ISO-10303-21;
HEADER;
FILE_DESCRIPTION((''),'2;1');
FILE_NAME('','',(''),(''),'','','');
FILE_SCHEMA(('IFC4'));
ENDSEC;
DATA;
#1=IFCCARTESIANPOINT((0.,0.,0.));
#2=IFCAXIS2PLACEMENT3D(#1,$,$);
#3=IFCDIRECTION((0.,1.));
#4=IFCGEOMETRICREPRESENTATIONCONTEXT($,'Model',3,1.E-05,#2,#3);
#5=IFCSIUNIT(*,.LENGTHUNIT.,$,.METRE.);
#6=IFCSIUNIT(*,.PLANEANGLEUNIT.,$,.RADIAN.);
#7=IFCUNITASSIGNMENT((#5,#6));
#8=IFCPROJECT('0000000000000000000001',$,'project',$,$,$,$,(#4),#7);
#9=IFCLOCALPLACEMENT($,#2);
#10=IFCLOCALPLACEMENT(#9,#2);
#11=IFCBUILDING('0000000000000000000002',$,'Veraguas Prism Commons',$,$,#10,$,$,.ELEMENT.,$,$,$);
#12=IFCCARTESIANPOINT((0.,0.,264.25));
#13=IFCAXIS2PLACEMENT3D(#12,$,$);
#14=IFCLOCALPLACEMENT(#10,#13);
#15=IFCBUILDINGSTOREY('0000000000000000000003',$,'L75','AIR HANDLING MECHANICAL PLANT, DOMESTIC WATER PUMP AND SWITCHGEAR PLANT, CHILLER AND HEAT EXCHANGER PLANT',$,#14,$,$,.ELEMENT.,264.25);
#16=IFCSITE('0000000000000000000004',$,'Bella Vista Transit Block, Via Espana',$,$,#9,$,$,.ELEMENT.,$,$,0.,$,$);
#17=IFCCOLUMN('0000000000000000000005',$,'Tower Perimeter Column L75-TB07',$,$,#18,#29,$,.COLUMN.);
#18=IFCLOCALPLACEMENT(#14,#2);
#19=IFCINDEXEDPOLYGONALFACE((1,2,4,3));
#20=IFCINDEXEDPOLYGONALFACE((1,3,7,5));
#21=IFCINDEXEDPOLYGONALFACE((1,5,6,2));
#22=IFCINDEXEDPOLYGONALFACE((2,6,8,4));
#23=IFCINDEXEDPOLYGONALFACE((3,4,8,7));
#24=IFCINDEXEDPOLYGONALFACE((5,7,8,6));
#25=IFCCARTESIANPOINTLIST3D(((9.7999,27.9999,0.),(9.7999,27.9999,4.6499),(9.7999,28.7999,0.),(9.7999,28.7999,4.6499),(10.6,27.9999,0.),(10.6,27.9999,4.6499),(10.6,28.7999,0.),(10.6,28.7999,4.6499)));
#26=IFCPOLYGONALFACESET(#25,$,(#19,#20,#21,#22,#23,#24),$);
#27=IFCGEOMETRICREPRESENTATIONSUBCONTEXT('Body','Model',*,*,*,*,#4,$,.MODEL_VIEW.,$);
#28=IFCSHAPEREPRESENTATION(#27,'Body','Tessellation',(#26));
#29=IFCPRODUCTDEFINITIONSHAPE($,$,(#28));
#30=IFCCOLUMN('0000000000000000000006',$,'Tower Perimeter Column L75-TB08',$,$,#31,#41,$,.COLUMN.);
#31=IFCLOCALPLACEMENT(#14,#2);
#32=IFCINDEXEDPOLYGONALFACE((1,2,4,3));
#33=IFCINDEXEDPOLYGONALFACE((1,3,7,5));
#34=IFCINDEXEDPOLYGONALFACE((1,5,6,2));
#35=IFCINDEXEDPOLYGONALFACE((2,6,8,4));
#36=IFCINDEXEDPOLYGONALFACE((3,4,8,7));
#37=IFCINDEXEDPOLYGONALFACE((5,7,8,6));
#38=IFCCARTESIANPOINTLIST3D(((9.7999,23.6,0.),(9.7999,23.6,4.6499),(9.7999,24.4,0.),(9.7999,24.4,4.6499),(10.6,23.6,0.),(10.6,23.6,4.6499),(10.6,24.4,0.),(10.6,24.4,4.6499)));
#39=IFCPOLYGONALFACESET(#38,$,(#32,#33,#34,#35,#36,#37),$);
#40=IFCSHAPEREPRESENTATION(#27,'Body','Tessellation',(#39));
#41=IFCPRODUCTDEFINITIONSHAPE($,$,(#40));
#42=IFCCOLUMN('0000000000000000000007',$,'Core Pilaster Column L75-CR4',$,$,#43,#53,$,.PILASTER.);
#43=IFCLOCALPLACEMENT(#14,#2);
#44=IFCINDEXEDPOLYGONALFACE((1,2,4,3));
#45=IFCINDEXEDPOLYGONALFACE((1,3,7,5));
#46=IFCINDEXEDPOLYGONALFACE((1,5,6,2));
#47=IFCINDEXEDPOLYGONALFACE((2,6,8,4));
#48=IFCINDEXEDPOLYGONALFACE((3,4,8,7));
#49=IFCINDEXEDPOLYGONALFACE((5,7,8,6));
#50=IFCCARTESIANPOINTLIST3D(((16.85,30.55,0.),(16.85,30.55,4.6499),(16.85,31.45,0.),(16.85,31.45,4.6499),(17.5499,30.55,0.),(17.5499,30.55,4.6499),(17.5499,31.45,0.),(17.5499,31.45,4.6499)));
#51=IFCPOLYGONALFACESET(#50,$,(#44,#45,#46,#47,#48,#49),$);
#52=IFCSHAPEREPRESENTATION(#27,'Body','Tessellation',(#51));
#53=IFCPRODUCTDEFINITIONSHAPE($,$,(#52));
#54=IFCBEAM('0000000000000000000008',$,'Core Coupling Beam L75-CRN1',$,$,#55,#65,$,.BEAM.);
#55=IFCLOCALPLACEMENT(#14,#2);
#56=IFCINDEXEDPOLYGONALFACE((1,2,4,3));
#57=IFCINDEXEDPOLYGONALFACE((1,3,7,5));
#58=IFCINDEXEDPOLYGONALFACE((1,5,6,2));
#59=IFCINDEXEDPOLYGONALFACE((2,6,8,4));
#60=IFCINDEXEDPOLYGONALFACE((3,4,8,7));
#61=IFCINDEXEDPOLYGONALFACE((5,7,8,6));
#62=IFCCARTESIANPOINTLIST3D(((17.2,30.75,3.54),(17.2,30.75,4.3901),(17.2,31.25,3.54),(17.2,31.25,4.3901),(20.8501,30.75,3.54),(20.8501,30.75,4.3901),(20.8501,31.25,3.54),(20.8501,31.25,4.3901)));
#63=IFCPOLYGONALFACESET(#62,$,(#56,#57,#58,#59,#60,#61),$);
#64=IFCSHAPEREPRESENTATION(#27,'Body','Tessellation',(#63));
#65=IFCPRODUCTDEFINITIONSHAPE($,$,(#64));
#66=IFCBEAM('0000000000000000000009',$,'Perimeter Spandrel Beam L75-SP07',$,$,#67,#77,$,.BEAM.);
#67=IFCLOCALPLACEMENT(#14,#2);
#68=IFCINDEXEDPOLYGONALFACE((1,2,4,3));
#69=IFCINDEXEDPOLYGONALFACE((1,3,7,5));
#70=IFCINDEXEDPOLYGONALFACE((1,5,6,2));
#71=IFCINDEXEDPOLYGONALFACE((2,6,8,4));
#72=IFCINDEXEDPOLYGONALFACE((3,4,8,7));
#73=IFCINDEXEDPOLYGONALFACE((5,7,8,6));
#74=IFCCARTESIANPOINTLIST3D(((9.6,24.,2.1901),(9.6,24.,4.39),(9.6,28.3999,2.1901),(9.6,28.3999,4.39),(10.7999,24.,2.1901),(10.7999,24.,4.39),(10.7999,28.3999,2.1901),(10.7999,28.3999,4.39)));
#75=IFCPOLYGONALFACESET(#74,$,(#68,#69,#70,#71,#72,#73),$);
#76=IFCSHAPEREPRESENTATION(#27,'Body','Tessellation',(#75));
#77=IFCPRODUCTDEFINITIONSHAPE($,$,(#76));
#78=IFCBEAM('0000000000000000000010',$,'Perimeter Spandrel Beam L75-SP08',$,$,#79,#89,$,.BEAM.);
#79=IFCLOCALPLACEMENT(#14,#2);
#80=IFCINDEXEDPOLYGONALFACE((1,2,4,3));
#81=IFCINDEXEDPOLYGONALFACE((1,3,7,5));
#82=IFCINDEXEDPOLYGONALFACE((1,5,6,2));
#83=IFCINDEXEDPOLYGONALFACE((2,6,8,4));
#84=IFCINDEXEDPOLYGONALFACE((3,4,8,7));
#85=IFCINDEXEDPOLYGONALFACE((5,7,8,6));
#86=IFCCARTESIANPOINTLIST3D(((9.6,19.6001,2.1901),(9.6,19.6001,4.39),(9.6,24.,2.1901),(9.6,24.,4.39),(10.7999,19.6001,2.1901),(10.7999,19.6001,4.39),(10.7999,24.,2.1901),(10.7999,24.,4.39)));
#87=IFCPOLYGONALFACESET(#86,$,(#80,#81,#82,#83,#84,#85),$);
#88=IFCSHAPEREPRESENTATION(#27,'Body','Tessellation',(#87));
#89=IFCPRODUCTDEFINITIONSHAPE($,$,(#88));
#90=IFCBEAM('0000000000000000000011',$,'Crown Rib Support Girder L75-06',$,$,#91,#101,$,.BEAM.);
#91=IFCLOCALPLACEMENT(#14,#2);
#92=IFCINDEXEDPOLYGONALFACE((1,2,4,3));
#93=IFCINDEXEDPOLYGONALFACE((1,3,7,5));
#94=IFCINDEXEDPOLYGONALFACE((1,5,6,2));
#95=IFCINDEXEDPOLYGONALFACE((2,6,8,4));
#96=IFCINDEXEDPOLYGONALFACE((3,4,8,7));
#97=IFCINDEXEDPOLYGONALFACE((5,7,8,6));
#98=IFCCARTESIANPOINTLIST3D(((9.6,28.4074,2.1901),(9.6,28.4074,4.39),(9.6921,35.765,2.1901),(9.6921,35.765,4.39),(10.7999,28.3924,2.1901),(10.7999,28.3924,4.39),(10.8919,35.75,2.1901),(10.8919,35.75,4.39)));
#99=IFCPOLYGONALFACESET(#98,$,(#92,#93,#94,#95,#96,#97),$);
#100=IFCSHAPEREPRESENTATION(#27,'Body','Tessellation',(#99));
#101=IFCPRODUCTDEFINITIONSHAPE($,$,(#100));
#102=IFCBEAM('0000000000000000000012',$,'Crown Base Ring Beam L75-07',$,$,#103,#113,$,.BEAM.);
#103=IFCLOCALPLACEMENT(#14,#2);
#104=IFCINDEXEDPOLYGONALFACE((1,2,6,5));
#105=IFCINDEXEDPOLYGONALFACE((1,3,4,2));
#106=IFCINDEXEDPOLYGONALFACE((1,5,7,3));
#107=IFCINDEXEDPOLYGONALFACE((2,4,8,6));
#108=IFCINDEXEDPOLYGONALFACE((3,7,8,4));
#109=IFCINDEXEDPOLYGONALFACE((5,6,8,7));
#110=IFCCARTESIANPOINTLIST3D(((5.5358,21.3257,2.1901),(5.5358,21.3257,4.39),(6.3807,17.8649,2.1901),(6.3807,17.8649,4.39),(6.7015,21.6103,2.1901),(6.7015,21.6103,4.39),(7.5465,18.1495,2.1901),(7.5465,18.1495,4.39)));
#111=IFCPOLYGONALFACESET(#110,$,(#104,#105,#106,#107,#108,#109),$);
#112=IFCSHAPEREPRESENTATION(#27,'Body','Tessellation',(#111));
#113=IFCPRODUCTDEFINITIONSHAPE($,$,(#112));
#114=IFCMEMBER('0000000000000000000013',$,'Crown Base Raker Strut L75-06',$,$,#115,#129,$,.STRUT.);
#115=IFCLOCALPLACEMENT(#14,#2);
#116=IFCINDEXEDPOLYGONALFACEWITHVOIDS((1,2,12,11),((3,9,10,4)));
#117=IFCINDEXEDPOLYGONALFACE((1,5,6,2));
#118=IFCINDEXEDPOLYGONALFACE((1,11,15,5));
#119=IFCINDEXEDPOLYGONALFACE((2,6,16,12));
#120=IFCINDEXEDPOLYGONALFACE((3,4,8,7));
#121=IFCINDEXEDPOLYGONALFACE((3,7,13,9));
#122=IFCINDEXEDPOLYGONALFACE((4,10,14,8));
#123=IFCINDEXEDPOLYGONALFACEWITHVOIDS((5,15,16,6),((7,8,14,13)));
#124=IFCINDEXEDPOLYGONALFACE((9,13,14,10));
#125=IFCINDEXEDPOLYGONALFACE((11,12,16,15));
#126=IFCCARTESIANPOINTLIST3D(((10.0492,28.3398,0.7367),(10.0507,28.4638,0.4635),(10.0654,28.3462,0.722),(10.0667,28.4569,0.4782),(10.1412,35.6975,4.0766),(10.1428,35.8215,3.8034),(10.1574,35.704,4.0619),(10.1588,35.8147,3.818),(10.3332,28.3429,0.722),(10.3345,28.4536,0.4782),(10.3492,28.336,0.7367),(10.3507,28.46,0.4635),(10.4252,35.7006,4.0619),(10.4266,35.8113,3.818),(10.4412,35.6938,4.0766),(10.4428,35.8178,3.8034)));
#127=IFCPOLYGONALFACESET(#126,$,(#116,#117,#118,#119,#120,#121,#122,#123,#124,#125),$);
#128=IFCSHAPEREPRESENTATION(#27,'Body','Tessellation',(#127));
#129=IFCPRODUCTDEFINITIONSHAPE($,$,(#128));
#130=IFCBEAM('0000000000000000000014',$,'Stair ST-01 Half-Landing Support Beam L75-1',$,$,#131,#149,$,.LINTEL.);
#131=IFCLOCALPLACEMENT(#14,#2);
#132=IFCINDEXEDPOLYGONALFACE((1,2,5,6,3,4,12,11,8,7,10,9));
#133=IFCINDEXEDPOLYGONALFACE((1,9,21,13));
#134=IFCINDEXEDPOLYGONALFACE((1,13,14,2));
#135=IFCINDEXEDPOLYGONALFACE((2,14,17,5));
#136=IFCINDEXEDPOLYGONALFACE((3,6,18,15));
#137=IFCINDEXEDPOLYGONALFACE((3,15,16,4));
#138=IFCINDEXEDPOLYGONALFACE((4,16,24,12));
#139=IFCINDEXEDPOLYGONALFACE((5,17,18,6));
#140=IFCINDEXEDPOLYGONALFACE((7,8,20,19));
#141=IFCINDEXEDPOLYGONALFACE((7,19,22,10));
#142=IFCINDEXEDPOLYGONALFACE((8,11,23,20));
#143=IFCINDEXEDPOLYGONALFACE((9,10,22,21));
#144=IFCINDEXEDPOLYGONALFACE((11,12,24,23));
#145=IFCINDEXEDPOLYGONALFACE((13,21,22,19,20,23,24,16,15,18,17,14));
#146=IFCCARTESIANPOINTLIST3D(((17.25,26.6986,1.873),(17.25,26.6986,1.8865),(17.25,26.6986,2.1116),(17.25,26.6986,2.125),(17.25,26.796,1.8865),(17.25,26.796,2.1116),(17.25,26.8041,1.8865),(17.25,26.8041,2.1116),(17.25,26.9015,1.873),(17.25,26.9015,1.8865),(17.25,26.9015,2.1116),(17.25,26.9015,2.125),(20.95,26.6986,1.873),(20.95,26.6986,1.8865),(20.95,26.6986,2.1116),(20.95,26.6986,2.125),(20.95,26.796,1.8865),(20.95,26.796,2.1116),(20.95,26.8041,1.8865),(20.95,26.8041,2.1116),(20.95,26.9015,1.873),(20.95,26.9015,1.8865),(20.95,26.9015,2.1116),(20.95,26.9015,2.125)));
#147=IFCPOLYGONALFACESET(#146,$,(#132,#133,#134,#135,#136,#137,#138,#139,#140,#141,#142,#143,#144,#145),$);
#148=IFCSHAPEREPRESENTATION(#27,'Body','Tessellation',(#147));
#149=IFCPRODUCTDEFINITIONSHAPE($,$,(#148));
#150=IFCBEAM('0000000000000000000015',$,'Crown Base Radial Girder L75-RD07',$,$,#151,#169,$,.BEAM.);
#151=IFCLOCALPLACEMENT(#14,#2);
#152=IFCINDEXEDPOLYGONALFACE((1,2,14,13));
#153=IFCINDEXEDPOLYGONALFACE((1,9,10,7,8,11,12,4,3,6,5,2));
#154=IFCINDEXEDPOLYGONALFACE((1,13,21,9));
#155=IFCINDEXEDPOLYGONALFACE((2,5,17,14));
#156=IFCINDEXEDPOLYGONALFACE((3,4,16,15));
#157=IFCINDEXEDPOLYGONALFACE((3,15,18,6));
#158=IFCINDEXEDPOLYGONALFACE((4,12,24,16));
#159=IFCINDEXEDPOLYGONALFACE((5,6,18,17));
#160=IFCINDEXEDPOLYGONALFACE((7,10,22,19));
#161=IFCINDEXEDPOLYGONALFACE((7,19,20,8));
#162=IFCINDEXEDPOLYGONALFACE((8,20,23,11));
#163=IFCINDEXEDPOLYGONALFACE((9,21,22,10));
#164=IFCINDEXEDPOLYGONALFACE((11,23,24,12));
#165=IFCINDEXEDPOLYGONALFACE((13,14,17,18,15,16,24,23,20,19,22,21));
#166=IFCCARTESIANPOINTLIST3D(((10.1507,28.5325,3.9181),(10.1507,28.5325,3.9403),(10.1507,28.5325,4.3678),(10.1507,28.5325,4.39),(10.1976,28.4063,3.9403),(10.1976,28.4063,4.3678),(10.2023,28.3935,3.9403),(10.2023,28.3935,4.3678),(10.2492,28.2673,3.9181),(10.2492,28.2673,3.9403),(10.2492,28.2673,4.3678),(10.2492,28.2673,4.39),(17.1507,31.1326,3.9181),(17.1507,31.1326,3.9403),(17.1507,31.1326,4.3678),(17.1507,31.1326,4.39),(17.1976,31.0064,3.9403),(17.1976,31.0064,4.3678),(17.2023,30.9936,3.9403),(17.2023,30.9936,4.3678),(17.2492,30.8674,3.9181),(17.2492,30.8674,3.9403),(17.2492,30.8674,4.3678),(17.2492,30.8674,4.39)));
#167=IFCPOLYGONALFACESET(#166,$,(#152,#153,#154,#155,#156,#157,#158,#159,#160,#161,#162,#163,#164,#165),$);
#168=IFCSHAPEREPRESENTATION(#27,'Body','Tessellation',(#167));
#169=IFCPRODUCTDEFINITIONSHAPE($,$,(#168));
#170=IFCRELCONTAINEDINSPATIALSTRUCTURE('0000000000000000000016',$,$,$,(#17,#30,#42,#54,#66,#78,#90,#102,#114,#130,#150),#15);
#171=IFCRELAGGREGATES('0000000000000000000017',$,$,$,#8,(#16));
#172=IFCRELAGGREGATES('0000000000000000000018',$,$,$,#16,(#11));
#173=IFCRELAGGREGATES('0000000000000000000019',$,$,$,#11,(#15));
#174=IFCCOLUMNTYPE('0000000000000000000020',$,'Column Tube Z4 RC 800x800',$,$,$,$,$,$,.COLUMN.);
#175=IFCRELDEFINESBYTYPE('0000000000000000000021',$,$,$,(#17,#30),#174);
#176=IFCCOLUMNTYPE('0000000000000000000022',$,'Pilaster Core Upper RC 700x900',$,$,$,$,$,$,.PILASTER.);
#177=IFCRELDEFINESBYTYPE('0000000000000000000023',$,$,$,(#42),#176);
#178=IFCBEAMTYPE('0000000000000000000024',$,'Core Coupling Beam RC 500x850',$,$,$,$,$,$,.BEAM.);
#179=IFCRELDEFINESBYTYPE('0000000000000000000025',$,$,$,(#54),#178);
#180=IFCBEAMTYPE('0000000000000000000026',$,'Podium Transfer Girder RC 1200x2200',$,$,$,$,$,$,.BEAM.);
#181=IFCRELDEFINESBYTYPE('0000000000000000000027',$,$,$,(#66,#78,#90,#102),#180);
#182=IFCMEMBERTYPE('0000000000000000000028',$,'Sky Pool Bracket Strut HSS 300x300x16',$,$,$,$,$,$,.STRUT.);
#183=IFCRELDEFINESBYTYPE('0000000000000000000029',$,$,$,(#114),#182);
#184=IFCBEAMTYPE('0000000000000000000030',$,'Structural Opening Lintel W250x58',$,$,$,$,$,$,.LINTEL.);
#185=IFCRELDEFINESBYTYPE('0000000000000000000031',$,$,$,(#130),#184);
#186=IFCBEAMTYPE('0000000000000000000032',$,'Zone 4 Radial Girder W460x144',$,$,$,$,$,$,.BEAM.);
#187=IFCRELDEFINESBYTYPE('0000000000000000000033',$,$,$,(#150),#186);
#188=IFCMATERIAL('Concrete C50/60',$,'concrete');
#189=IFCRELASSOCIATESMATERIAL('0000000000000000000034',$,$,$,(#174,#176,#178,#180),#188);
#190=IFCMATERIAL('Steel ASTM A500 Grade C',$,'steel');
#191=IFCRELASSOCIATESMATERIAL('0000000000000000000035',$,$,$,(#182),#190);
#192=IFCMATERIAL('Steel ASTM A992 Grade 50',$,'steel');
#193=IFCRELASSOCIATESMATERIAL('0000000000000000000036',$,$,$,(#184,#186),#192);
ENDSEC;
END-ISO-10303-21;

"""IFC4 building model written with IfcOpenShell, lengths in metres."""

from ifc_helpers import new_model, si_unit, direction, frame, origin, origin_2d, place, context, subcontext, project, spatial, rectangle, hollow_rectangle, i_section, extrude, material, material_profile, profile_set, type_object, element, save


model = new_model("IFC4")

# Units and contexts
model_context = context("Model", 3, precision=1e-05, world=origin(), true_north=direction((0.0, 1.0)))
body_context = subcontext(model_context, "Body", "Model", "MODEL_VIEW")
ifc_project = project(units=[si_unit("LENGTHUNIT", "METRE"), si_unit("PLANEANGLEUNIT", "RADIAN")], contexts=[model_context])

# Site, building, storey
site_placement = place(None, origin())
site = spatial("IfcSite", under=ifc_project, at=site_placement, Name="Bella Vista Transit Block, Via Espana", CompositionType="ELEMENT", RefElevation=0.0)
building_placement = place(site_placement, origin())
building = spatial("IfcBuilding", under=site, at=building_placement, Name="Veraguas Prism Commons", CompositionType="ELEMENT")
storey_placement = place(building_placement, frame((0.0, 0.0, 264.25)))
storey = spatial("IfcBuildingStorey", under=building, at=storey_placement, Name="L75", Description="AIR HANDLING MECHANICAL PLANT, DOMESTIC WATER PUMP AND SWITCHGEAR PLANT, CHILLER AND HEAT EXCHANGER PLANT", CompositionType="ELEMENT", Elevation=264.25)

# Columns
ifc_material_1 = material(Name="Concrete C50/60", Category="concrete")
ifc_material_profile_1 = material_profile(ifc_material_1, rectangle(XDim=0.8, YDim=0.8, at=origin_2d()), Name="RC800X800")
ifc_profile_set_1 = profile_set([ifc_material_profile_1], Name="Concrete C50/60")
column_type_1 = type_object("IfcColumnType", Name="Column Tube Z4 RC 800x800", PredefinedType="COLUMN", material=ifc_profile_set_1)
for number, where, z_axis, x_axis, name in (
    (1, (10.2, 28.3999, 0.0), (0.0, 0.0, 1.0), (1.0, 0.0, 0.0), "Tower Perimeter Column L75-TB07"),
    (2, (10.2, 24.0, 0.0), (0.0, 0.0, 1.0), (1.0, 0.0, 0.0), "Tower Perimeter Column L75-TB08"),
):
    element("IfcColumn", number, at=place(storey_placement, frame(where, z_axis=z_axis, x_axis=x_axis)), inside=storey, type_object=column_type_1, Name=name, PredefinedType="COLUMN", context=body_context, shape_type="SweptSolid", body=[
        extrude(rectangle(XDim=0.8, YDim=0.8, at=origin_2d()), origin(), (0.0, 0.0, 1.0), 4.6499),
    ])
ifc_material_profile_2 = material_profile(ifc_material_1, rectangle(XDim=0.7, YDim=0.8999, at=origin_2d()), Name="RC700X900")
ifc_profile_set_2 = profile_set([ifc_material_profile_2], Name="Concrete C50/60")
column_type_2 = type_object("IfcColumnType", Name="Pilaster Core Upper RC 700x900", PredefinedType="PILASTER", material=ifc_profile_set_2)
column_placement = place(storey_placement, frame((17.2, 31.0, 0.0), z_axis=(0.0, 0.0, 1.0), x_axis=(1.0, 0.0, 0.0)))
element("IfcColumn", 3, at=column_placement, inside=storey, type_object=column_type_2, Name="Core Pilaster Column L75-CR4", PredefinedType="PILASTER", context=body_context, shape_type="SweptSolid", body=[
    extrude(rectangle(XDim=0.7, YDim=0.8999, at=origin_2d()), origin(), (0.0, 0.0, 1.0), 4.6499),
])

# Beams
ifc_material_profile_3 = material_profile(ifc_material_1, rectangle(XDim=0.5, YDim=0.8501, at=origin_2d()), Name="RC500X850")
ifc_profile_set_3 = profile_set([ifc_material_profile_3], Name="Concrete C50/60")
beam_type_1 = type_object("IfcBeamType", Name="Core Coupling Beam RC 500x850", PredefinedType="BEAM", material=ifc_profile_set_3)
beam_1_placement = place(storey_placement, frame((17.2, 31.0, 3.9651), z_axis=(1.0, 0.0, 0.0), x_axis=(0.0, 1.0, 0.0)))
element("IfcBeam", 4, at=beam_1_placement, inside=storey, type_object=beam_type_1, Name="Core Coupling Beam L75-CRN1", PredefinedType="BEAM", context=body_context, shape_type="SweptSolid", body=[
    extrude(rectangle(XDim=0.5, YDim=0.8501, at=origin_2d()), origin(), (0.0, 0.0, 1.0), 3.6501),
])
ifc_material_profile_4 = material_profile(ifc_material_1, rectangle(XDim=1.2, YDim=2.2, at=origin_2d()), Name="RC1200X2200")
ifc_profile_set_4 = profile_set([ifc_material_profile_4], Name="Concrete C50/60")
beam_type_2 = type_object("IfcBeamType", Name="Podium Transfer Girder RC 1200x2200", PredefinedType="BEAM", material=ifc_profile_set_4)
for number, where, z_axis, x_axis, name in (
    (5, (10.2, 28.3999, 3.29), (0.0, -1.0, 0.0), (1.0, 0.0, 0.0), "Perimeter Spandrel Beam L75-SP07"),
    (6, (10.2, 24.0, 3.29), (0.0, -1.0, 0.0), (1.0, 0.0, 0.0), "Perimeter Spandrel Beam L75-SP08"),
):
    element("IfcBeam", number, at=place(storey_placement, frame(where, z_axis=z_axis, x_axis=x_axis)), inside=storey, type_object=beam_type_2, Name=name, PredefinedType="BEAM", context=body_context, shape_type="SweptSolid", body=[
        extrude(rectangle(XDim=1.2, YDim=2.2, at=origin_2d()), origin(), (0.0, 0.0, 1.0), 4.3999),
    ])
beam_2_placement = place(storey_placement, frame((10.2, 28.3999, 3.29), z_axis=(0.012509, 0.999922, 0.0), x_axis=(-0.999922, 0.012509, 0.0)))
element("IfcBeam", 7, at=beam_2_placement, inside=storey, type_object=beam_type_2, Name="Crown Rib Support Girder L75-06", PredefinedType="BEAM", context=body_context, shape_type="SweptSolid", body=[
    extrude(rectangle(XDim=1.2, YDim=2.2, at=origin_2d()), origin(), (0.0, 0.0, 1.0), 7.3582),
])
beam_3_placement = place(storey_placement, frame((6.1187, 21.468, 3.29), z_axis=(0.237179, -0.971466, 0.0), x_axis=(0.971466, 0.237179, 0.0)))
element("IfcBeam", 8, at=beam_3_placement, inside=storey, type_object=beam_type_2, Name="Crown Base Ring Beam L75-07", PredefinedType="BEAM", context=body_context, shape_type="SweptSolid", body=[
    extrude(rectangle(XDim=1.2, YDim=2.2, at=origin_2d()), origin(), (0.0, 0.0, 1.0), 3.5625),
])

# Member
ifc_material_2 = material(Name="Steel ASTM A500 Grade C", Category="steel")
ifc_material_profile_5 = material_profile(ifc_material_2, hollow_rectangle(XDim=0.3, YDim=0.3, WallThickness=0.0161, at=origin_2d()), Name="HSS300X300X16")
ifc_profile_set_5 = profile_set([ifc_material_profile_5], Name="Steel ASTM A500 Grade C")
member_type_1 = type_object("IfcMemberType", Name="Sky Pool Bracket Strut HSS 300x300x16", PredefinedType="STRUT", material=ifc_profile_set_5)
member_1_placement = place(storey_placement, frame((10.2, 28.3999, 0.6001), z_axis=(0.01139, 0.910519, 0.413309), x_axis=(-0.999922, 0.012509, 0.0)))
element("IfcMember", 9, at=member_1_placement, inside=storey, type_object=member_type_1, Name="Crown Base Raker Strut L75-06", PredefinedType="STRUT", context=body_context, shape_type="SweptSolid", body=[
    extrude(hollow_rectangle(XDim=0.3, YDim=0.3, WallThickness=0.0161, at=origin_2d()), origin(), (0.0, 0.0, 1.0), 8.0808),
])

# Beams
ifc_material_3 = material(Name="Steel ASTM A992 Grade 50", Category="steel")
ifc_material_profile_6 = material_profile(ifc_material_3, i_section(OverallWidth=0.2029, OverallDepth=0.252, WebThickness=0.0081, FlangeThickness=0.0134, at=origin_2d()), Name="W250X58")
ifc_profile_set_6 = profile_set([ifc_material_profile_6], Name="Steel ASTM A992 Grade 50")
beam_type_3 = type_object("IfcBeamType", Name="Structural Opening Lintel W250x58", PredefinedType="LINTEL", material=ifc_profile_set_6)
beam_4_placement = place(storey_placement, frame((17.25, 26.8, 1.999), z_axis=(1.0, 0.0, 0.0), x_axis=(0.0, 1.0, 0.0)))
element("IfcBeam", 10, at=beam_4_placement, inside=storey, type_object=beam_type_3, Name="Stair ST-01 Half-Landing Support Beam L75-1", PredefinedType="LINTEL", context=body_context, shape_type="SweptSolid", body=[
    extrude(i_section(OverallWidth=0.2029, OverallDepth=0.252, WebThickness=0.0081, FlangeThickness=0.0134, at=origin_2d()), origin(), (0.0, 0.0, 1.0), 3.7),
])
ifc_material_profile_7 = material_profile(ifc_material_3, i_section(OverallWidth=0.283, OverallDepth=0.4719, WebThickness=0.0137, FlangeThickness=0.0222, at=origin_2d()), Name="W460X144")
ifc_profile_set_7 = profile_set([ifc_material_profile_7], Name="Steel ASTM A992 Grade 50")
beam_type_4 = type_object("IfcBeamType", Name="Zone 4 Radial Girder W460x144", PredefinedType="BEAM", material=ifc_profile_set_7)
beam_5_placement = place(storey_placement, frame((10.2, 28.3999, 4.1541), z_axis=(0.937421, 0.348198, 0.0), x_axis=(-0.348198, 0.937421, 0.0)))
element("IfcBeam", 11, at=beam_5_placement, inside=storey, type_object=beam_type_4, Name="Crown Base Radial Girder L75-RD07", PredefinedType="BEAM", context=body_context, shape_type="SweptSolid", body=[
    extrude(i_section(OverallWidth=0.283, OverallDepth=0.4719, WebThickness=0.0137, FlangeThickness=0.0222, at=origin_2d()), origin(), (0.0, 0.0, 1.0), 7.4673),
])

save(model, "model.ifc")
